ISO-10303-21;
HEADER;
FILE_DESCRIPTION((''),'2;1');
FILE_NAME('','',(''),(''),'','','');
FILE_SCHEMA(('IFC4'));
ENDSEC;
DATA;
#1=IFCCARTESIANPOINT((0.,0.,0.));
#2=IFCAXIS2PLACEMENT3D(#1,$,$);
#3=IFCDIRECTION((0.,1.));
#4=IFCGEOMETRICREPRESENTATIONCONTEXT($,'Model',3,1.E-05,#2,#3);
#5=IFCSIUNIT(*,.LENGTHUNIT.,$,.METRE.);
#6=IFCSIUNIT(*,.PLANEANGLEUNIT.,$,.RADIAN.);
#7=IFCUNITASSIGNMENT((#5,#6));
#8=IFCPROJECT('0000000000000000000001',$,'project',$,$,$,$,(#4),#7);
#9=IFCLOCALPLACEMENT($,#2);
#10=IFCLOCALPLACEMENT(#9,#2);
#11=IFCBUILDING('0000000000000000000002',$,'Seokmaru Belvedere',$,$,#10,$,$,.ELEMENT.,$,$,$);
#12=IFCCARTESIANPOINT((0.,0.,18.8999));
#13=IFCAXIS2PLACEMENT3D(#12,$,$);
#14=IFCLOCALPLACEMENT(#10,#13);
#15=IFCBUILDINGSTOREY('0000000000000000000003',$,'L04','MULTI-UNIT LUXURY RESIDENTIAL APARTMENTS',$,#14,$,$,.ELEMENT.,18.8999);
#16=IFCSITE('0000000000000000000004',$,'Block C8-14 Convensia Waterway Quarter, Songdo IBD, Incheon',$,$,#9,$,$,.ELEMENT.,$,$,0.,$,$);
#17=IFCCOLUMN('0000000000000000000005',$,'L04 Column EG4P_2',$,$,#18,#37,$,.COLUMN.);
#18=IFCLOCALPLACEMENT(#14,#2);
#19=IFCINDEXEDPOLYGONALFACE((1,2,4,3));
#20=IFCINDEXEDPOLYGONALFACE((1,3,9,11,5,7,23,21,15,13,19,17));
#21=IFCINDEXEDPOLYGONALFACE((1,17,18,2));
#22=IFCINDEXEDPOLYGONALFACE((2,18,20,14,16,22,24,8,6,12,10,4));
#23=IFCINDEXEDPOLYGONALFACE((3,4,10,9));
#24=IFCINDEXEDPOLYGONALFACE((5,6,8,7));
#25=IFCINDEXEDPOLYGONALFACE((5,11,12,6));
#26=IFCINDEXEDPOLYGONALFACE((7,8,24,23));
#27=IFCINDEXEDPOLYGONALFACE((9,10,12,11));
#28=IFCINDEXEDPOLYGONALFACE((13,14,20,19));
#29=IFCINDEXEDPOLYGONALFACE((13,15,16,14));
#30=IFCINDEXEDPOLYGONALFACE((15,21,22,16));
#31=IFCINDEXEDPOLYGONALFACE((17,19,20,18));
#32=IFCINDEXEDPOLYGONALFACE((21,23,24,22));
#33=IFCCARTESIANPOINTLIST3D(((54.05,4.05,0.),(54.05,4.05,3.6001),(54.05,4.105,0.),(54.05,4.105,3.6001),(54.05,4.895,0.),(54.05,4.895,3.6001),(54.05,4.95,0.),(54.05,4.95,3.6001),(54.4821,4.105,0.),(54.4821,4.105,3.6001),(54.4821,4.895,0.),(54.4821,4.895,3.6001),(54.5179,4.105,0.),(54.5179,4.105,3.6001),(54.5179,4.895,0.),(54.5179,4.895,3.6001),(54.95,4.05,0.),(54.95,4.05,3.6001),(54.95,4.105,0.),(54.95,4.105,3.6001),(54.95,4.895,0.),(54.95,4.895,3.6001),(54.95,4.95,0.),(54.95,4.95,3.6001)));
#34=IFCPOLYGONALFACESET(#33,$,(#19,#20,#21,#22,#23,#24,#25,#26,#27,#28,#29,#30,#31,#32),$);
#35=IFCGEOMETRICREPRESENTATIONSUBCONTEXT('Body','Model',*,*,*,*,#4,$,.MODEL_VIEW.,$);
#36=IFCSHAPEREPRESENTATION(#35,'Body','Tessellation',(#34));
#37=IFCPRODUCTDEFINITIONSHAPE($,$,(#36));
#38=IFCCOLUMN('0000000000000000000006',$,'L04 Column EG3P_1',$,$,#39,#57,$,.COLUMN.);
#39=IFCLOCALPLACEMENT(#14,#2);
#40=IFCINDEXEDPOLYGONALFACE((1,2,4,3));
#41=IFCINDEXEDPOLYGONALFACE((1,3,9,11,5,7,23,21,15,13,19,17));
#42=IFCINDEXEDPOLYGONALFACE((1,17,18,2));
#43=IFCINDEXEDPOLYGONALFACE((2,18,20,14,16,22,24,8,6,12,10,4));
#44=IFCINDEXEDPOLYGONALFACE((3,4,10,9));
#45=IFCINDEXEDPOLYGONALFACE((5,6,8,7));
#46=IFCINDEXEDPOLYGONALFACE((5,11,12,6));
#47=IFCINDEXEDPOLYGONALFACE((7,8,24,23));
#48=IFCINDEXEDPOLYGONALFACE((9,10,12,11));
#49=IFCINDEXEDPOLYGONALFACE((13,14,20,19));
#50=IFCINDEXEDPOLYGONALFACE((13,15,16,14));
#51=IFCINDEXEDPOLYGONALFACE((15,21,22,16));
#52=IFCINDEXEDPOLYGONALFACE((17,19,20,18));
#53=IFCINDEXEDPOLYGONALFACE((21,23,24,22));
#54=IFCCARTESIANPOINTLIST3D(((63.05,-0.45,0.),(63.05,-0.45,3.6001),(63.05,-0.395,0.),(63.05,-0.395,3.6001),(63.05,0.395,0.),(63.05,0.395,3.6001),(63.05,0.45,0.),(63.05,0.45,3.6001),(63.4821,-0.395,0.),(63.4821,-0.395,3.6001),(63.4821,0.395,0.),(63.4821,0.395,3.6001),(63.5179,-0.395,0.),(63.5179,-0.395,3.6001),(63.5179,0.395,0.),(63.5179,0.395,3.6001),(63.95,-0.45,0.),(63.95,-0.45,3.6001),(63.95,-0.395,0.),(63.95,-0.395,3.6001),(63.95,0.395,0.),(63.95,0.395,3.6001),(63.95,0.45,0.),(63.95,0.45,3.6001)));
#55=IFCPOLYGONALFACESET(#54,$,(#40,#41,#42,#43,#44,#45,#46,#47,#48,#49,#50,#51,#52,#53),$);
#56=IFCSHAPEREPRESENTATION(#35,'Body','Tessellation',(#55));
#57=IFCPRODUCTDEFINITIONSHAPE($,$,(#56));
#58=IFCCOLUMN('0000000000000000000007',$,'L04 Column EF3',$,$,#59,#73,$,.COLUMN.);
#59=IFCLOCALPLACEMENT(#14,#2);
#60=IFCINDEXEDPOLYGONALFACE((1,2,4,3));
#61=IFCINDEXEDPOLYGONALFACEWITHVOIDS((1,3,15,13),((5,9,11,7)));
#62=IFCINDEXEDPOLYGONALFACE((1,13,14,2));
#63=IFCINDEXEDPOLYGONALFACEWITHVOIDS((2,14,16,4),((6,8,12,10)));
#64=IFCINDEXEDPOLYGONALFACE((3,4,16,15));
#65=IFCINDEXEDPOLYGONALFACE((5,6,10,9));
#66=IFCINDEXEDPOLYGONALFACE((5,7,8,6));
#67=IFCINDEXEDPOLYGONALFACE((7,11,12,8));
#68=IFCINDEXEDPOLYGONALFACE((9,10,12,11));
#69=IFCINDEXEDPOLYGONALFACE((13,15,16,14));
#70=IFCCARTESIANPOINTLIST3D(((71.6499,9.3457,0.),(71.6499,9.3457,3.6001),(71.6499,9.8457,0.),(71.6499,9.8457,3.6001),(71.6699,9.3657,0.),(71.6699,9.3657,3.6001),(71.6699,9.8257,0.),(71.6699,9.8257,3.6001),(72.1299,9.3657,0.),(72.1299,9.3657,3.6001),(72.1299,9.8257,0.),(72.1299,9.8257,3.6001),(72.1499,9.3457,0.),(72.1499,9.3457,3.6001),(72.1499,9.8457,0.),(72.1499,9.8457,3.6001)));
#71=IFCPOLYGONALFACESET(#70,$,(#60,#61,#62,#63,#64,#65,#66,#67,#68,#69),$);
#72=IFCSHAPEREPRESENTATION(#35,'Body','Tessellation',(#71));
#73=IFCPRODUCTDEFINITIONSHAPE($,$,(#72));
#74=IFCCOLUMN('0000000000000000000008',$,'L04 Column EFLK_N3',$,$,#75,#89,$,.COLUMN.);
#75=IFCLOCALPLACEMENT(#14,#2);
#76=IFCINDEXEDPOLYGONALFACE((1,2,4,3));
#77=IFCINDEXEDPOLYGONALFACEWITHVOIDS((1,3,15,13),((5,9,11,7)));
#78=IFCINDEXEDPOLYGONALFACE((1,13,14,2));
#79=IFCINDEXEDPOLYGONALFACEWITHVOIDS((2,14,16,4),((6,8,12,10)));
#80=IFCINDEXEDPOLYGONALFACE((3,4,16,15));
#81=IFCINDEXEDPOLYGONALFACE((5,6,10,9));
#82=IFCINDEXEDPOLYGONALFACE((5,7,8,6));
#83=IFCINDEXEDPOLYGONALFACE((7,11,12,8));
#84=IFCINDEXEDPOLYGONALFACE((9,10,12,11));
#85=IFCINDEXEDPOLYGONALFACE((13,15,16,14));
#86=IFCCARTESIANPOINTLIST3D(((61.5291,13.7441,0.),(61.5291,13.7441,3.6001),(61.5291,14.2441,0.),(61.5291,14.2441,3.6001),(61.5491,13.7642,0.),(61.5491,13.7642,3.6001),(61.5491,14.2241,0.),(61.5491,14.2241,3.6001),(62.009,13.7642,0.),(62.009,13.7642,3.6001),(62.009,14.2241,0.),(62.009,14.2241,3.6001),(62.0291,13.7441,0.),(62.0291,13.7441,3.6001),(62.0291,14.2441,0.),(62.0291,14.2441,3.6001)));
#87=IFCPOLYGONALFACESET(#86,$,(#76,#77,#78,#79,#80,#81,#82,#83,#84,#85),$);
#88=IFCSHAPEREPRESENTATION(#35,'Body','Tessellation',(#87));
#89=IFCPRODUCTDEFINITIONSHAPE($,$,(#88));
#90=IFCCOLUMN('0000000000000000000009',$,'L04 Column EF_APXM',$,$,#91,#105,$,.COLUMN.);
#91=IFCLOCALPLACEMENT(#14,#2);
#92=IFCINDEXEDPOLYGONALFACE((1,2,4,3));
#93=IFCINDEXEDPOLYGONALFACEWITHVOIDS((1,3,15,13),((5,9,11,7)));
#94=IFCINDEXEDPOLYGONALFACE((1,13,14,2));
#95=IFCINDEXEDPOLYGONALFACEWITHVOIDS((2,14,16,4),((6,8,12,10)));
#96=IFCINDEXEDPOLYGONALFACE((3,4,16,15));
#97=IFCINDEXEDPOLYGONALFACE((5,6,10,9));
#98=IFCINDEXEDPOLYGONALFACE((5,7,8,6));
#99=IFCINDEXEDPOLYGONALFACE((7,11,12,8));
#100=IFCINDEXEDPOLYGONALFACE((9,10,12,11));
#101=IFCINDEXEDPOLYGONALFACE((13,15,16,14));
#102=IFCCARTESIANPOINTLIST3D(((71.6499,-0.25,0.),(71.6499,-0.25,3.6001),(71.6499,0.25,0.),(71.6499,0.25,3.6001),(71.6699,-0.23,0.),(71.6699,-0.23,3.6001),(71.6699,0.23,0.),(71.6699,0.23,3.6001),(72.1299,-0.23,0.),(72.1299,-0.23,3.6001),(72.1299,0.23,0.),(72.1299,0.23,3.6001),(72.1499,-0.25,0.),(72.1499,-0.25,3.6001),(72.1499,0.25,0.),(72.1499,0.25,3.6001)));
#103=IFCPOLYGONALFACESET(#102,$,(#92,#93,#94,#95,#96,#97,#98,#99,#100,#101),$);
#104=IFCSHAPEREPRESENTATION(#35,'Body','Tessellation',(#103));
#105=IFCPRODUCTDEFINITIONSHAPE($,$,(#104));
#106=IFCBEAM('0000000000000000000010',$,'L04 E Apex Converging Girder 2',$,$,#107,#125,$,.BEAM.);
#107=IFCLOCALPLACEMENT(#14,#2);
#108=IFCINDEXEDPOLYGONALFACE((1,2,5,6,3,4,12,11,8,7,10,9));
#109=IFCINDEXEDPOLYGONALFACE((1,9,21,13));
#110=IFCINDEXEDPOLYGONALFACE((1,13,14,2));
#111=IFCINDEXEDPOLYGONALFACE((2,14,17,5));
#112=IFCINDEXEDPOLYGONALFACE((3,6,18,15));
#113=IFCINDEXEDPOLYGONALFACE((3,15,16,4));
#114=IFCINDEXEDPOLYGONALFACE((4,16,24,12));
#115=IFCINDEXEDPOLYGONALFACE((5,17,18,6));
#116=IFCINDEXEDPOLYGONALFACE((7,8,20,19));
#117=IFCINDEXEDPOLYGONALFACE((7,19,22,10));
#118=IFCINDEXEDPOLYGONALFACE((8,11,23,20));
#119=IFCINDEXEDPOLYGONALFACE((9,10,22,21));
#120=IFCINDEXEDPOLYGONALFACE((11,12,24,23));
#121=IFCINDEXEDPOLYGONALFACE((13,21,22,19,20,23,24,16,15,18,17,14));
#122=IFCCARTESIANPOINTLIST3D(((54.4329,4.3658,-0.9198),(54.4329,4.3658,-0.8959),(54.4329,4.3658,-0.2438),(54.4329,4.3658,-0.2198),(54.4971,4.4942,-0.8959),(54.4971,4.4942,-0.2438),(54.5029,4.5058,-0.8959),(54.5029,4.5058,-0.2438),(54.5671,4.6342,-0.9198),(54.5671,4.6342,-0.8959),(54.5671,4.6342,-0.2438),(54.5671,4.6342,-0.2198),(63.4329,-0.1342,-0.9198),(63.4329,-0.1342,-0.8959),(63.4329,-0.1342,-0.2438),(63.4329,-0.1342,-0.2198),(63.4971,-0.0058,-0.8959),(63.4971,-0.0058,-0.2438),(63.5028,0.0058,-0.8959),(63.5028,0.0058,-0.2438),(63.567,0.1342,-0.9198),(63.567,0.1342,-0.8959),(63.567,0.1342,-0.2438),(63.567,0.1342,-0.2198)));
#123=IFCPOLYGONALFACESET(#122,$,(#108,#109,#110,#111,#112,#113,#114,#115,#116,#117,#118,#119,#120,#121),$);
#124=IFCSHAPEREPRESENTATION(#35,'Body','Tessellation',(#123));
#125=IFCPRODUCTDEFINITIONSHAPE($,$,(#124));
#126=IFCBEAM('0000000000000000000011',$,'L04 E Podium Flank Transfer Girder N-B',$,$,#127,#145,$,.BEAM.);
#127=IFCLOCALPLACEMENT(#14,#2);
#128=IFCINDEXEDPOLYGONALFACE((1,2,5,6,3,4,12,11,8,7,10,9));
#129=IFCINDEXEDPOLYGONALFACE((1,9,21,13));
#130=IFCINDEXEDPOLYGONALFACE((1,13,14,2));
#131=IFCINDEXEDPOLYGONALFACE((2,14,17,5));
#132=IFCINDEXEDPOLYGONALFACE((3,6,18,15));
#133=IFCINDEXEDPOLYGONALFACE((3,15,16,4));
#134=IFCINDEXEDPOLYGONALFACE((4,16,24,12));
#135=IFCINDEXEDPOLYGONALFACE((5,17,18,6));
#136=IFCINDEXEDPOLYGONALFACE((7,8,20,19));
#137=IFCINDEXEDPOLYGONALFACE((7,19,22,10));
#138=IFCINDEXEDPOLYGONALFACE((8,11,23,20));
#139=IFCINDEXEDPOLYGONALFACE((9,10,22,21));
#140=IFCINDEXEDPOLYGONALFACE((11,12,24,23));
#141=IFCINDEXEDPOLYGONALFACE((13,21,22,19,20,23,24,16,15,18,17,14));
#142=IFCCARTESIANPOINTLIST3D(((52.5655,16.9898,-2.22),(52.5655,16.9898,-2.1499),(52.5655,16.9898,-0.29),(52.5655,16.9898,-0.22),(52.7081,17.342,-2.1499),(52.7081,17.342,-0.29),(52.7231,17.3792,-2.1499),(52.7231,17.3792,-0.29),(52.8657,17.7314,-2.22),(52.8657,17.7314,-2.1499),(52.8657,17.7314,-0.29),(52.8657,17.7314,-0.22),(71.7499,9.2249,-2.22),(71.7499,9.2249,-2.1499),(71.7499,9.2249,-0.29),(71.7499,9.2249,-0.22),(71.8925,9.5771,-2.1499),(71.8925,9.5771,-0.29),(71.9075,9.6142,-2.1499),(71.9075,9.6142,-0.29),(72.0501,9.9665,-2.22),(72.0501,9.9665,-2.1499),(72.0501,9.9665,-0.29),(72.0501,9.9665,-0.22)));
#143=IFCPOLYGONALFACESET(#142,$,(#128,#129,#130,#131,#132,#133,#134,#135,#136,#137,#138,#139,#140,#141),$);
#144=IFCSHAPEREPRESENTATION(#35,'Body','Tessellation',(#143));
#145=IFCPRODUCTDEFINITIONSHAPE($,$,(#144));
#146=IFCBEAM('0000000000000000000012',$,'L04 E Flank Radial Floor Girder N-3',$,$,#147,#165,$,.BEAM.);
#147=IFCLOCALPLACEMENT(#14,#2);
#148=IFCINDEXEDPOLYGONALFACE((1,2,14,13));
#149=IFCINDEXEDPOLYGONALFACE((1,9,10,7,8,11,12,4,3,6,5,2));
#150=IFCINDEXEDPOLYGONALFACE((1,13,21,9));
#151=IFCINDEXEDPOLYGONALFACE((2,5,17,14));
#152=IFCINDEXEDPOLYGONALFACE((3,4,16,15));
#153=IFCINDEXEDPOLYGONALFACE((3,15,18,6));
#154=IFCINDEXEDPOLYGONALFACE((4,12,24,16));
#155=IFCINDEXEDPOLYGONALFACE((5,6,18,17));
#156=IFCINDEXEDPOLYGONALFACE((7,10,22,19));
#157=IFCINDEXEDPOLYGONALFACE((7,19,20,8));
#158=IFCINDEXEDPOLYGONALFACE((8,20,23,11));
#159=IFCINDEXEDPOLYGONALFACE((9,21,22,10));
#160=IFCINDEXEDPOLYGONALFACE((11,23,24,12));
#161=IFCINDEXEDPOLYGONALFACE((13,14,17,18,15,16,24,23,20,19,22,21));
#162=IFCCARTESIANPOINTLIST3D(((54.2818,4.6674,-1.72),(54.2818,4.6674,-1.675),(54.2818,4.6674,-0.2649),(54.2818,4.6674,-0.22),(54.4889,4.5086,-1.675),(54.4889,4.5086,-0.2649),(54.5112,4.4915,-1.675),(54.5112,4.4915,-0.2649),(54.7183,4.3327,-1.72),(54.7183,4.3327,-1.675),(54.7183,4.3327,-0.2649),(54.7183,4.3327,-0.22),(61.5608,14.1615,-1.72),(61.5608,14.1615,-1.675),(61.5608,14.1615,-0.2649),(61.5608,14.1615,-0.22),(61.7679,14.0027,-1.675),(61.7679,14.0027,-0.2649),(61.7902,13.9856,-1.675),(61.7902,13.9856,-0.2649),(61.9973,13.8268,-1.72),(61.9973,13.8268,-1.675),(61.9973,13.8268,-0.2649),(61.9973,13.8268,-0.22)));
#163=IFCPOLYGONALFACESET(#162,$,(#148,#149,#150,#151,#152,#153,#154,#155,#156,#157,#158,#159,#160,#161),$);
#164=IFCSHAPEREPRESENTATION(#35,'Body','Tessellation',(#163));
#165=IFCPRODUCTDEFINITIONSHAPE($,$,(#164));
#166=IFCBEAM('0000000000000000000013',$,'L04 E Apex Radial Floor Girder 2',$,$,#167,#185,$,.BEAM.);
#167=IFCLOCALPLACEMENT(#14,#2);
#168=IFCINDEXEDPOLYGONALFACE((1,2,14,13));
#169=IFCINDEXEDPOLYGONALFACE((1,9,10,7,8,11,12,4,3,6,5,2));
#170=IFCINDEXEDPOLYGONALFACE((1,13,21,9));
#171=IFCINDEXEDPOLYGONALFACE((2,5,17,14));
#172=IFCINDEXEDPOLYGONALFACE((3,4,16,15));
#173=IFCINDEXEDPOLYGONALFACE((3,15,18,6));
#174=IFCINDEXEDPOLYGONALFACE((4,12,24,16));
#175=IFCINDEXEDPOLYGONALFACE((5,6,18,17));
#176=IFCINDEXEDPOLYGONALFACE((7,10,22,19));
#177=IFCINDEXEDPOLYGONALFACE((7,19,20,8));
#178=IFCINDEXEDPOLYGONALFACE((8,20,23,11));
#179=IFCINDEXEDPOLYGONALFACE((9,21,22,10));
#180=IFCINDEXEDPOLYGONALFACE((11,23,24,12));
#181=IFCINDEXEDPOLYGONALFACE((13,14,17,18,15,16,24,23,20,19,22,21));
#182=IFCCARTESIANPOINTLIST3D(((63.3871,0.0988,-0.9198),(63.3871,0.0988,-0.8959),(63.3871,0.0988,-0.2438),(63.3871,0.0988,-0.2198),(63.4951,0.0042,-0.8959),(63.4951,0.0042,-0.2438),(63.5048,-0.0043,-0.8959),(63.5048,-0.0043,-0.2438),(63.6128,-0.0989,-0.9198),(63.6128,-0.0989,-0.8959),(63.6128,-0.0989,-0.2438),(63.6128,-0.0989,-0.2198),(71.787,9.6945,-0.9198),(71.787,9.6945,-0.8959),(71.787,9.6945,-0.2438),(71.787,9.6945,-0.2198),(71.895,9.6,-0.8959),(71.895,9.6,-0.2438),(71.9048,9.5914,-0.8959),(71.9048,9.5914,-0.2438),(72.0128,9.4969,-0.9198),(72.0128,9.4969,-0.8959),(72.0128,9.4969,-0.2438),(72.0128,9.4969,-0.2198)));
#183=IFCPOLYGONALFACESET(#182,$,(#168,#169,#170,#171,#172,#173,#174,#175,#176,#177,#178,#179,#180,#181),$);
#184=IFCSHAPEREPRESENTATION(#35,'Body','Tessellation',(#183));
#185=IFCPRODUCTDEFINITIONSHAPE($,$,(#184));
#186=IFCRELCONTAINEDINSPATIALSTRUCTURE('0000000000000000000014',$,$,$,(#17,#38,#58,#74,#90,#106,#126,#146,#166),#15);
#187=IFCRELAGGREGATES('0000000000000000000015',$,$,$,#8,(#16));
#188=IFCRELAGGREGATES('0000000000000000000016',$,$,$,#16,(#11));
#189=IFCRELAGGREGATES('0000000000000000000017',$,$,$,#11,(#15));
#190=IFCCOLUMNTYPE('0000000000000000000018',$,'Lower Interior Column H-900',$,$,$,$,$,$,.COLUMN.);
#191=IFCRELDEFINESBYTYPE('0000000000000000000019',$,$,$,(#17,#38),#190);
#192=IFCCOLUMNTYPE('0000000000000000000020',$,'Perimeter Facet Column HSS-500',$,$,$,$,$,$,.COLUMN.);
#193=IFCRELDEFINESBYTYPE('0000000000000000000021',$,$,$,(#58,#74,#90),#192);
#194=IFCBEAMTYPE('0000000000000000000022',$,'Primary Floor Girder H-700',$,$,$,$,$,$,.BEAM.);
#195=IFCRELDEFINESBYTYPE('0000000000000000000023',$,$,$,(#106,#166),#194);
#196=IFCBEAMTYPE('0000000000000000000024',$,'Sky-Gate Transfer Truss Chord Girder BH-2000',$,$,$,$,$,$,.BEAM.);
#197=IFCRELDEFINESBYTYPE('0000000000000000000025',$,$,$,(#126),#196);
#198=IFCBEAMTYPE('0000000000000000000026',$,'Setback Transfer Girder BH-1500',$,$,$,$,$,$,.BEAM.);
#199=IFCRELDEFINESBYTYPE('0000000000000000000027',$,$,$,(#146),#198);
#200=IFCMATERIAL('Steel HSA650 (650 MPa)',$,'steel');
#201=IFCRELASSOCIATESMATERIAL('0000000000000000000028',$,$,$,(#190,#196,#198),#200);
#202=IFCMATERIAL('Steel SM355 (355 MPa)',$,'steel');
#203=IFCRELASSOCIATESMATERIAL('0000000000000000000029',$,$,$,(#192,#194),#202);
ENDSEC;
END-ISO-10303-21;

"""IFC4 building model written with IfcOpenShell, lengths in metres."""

from ifc_helpers import new_model, si_unit, direction, frame, origin, origin_2d, place, context, subcontext, project, spatial, hollow_rectangle, i_section, extrude, source, transform, mapped, material, material_profile, profile_set, type_object, type_shapes, element, save


model = new_model("IFC4")

# Units and contexts
model_context = context("Model", 3, precision=1e-05, world=origin(), true_north=direction((0.0, 1.0)))
body_context = subcontext(model_context, "Body", "Model", "MODEL_VIEW")
ifc_project = project(units=[si_unit("LENGTHUNIT", "METRE"), si_unit("PLANEANGLEUNIT", "RADIAN")], contexts=[model_context])

# Site, building, storey
site_placement = place(None, origin())
site = spatial("IfcSite", under=ifc_project, at=site_placement, Name="Block C8-14 Convensia Waterway Quarter, Songdo IBD, Incheon", CompositionType="ELEMENT", RefElevation=0.0)
building_placement = place(site_placement, origin())
building = spatial("IfcBuilding", under=site, at=building_placement, Name="Seokmaru Belvedere", CompositionType="ELEMENT")
storey_placement = place(building_placement, frame((0.0, 0.0, 18.8999)))
storey = spatial("IfcBuildingStorey", under=building, at=storey_placement, Name="L04", Description="MULTI-UNIT LUXURY RESIDENTIAL APARTMENTS", CompositionType="ELEMENT", Elevation=18.8999)

# Columns
ifc_material_1 = material(Name="Steel HSA650 (650 MPa)", Category="steel")
ifc_material_profile_1 = material_profile(ifc_material_1, i_section(OverallWidth=0.8999, OverallDepth=0.8999, WebThickness=0.0359, FlangeThickness=0.0549, at=origin_2d()), Name="H-900x900x36x55")
ifc_profile_set_1 = profile_set([ifc_material_profile_1], Name="Steel HSA650 (650 MPa)")
column_type_1 = type_object("IfcColumnType", Name="Lower Interior Column H-900", PredefinedType="COLUMN", material=ifc_profile_set_1)
shared_shape_1 = source(origin(), body_context, "Body", "SweptSolid", [
    extrude(i_section(OverallWidth=0.8999, OverallDepth=0.8999, WebThickness=0.0359, FlangeThickness=0.0549, at=origin_2d()), origin(), (0.0, 0.0, 1.0), 3.6001),
])
type_shapes(column_type_1, [shared_shape_1])
for number, where, z_axis, x_axis, name in (
    (1, (54.5, 4.5, 0.0), (0.0, 0.0, 1.0), (1.0, 0.0, 0.0), "L04 Column EG4P_2"),
    (2, (63.5, 0.0, 0.0), (0.0, 0.0, 1.0), (1.0, 0.0, 0.0), "L04 Column EG3P_1"),
):
    element("IfcColumn", number, at=place(storey_placement, frame(where, z_axis=z_axis, x_axis=x_axis)), inside=storey, type_object=column_type_1, Name=name, PredefinedType="COLUMN", context=body_context, shape_type="MappedRepresentation", body=[
        mapped(shared_shape_1, transform((0.0, 0.0, 0.0), scale=1.0)),
    ])
ifc_material_2 = material(Name="Steel SM355 (355 MPa)", Category="steel")
ifc_material_profile_2 = material_profile(ifc_material_2, hollow_rectangle(XDim=0.5, YDim=0.5, WallThickness=0.02, at=origin_2d()), Name="HSS-500x500x20")
ifc_profile_set_2 = profile_set([ifc_material_profile_2], Name="Steel SM355 (355 MPa)")
column_type_2 = type_object("IfcColumnType", Name="Perimeter Facet Column HSS-500", PredefinedType="COLUMN", material=ifc_profile_set_2)
shared_shape_2 = source(origin(), body_context, "Body", "SweptSolid", [
    extrude(hollow_rectangle(XDim=0.5, YDim=0.5, WallThickness=0.02, at=origin_2d()), origin(), (0.0, 0.0, 1.0), 3.6001),
])
type_shapes(column_type_2, [shared_shape_2])
for number, where, z_axis, x_axis, name in (
    (3, (71.8999, 9.5957, 0.0), (0.0, 0.0, 1.0), (1.0, 0.0, 0.0), "L04 Column EF3"),
    (4, (61.7791, 13.9941, 0.0), (0.0, 0.0, 1.0), (1.0, 0.0, 0.0), "L04 Column EFLK_N3"),
    (5, (71.8999, 0.0, 0.0), (0.0, 0.0, 1.0), (1.0, 0.0, 0.0), "L04 Column EF_APXM"),
):
    element("IfcColumn", number, at=place(storey_placement, frame(where, z_axis=z_axis, x_axis=x_axis)), inside=storey, type_object=column_type_2, Name=name, PredefinedType="COLUMN", context=body_context, shape_type="MappedRepresentation", body=[
        mapped(shared_shape_2, transform((0.0, 0.0, 0.0), scale=1.0)),
    ])

# Beams
ifc_material_profile_3 = material_profile(ifc_material_2, i_section(OverallWidth=0.3, OverallDepth=0.7, WebThickness=0.0129, FlangeThickness=0.0239, at=origin_2d()), Name="H-700x300x13x24")
ifc_profile_set_3 = profile_set([ifc_material_profile_3], Name="Steel SM355 (355 MPa)")
beam_type_1 = type_object("IfcBeamType", Name="Primary Floor Girder H-700", PredefinedType="BEAM", material=ifc_profile_set_3)
shared_shape_3 = source(origin(), body_context, "Body", "SweptSolid", [
    extrude(i_section(OverallWidth=0.3, OverallDepth=0.7, WebThickness=0.0129, FlangeThickness=0.0239, at=origin_2d()), origin(), (0.0, 0.0, 1.0), 10.0623),
])
beam_1_placement = place(storey_placement, frame((54.5, 4.5, -0.5698), z_axis=(0.894427, -0.447214, 0.0), x_axis=(0.447214, 0.894427, 0.0)))
element("IfcBeam", 6, at=beam_1_placement, inside=storey, type_object=beam_type_1, Name="L04 E Apex Converging Girder 2", PredefinedType="BEAM", context=body_context, shape_type="MappedRepresentation", body=[
    mapped(shared_shape_3, transform((0.0, 0.0, 0.0), scale=1.0)),
])
ifc_material_profile_4 = material_profile(ifc_material_1, i_section(OverallWidth=0.8, OverallDepth=2.0, WebThickness=0.04, FlangeThickness=0.0701, at=origin_2d()), Name="BH-2000x800x40x70")
ifc_profile_set_4 = profile_set([ifc_material_profile_4], Name="Steel HSA650 (650 MPa)")
beam_type_2 = type_object("IfcBeamType", Name="Sky-Gate Transfer Truss Chord Girder BH-2000", PredefinedType="BEAM", material=ifc_profile_set_4)
shared_shape_4 = source(origin(), body_context, "Body", "SweptSolid", [
    extrude(i_section(OverallWidth=0.8, OverallDepth=2.0, WebThickness=0.04, FlangeThickness=0.0701, at=origin_2d()), origin(), (0.0, 0.0, 1.0), 20.6963),
])
type_shapes(beam_type_2, [shared_shape_4])
beam_2_placement = place(storey_placement, frame((52.7156, 17.3606, -1.22), z_axis=(0.92695, -0.375185, 0.0), x_axis=(0.375185, 0.92695, 0.0)))
element("IfcBeam", 7, at=beam_2_placement, inside=storey, type_object=beam_type_2, Name="L04 E Podium Flank Transfer Girder N-B", PredefinedType="BEAM", context=body_context, shape_type="MappedRepresentation", body=[
    mapped(shared_shape_4, transform((0.0, 0.0, 0.0), scale=1.0)),
])
ifc_material_profile_5 = material_profile(ifc_material_1, i_section(OverallWidth=0.55, OverallDepth=1.5, WebThickness=0.0281, FlangeThickness=0.0449, at=origin_2d()), Name="BH-1500x550x28x45")
ifc_profile_set_5 = profile_set([ifc_material_profile_5], Name="Steel HSA650 (650 MPa)")
beam_type_3 = type_object("IfcBeamType", Name="Setback Transfer Girder BH-1500", PredefinedType="BEAM", material=ifc_profile_set_5)
shared_shape_5 = source(origin(), body_context, "Body", "SweptSolid", [
    extrude(i_section(OverallWidth=0.55, OverallDepth=1.5, WebThickness=0.0281, FlangeThickness=0.0449, at=origin_2d()), origin(), (0.0, 0.0, 1.0), 11.9634),
])
beam_3_placement = place(storey_placement, frame((61.7791, 13.9941, -0.97), z_axis=(-0.608443, -0.793598, 0.0), x_axis=(0.793598, -0.608443, 0.0)))
element("IfcBeam", 8, at=beam_3_placement, inside=storey, type_object=beam_type_3, Name="L04 E Flank Radial Floor Girder N-3", PredefinedType="BEAM", context=body_context, shape_type="MappedRepresentation", body=[
    mapped(shared_shape_5, transform((0.0, 0.0, 0.0), scale=1.0)),
])
shared_shape_6 = source(origin(), body_context, "Body", "SweptSolid", [
    extrude(i_section(OverallWidth=0.3, OverallDepth=0.7, WebThickness=0.0129, FlangeThickness=0.0239, at=origin_2d()), origin(), (0.0, 0.0, 1.0), 12.7529),
])
type_shapes(beam_type_1, [shared_shape_3, shared_shape_6])
beam_4_placement = place(storey_placement, frame((71.8999, 9.5957, -0.5698), z_axis=(-0.658667, -0.752434, 0.0), x_axis=(0.752434, -0.658667, 0.0)))
element("IfcBeam", 9, at=beam_4_placement, inside=storey, type_object=beam_type_1, Name="L04 E Apex Radial Floor Girder 2", PredefinedType="BEAM", context=body_context, shape_type="MappedRepresentation", body=[
    mapped(shared_shape_6, transform((0.0, 0.0, 0.0), scale=1.0)),
])

save(model, "model.ifc")
